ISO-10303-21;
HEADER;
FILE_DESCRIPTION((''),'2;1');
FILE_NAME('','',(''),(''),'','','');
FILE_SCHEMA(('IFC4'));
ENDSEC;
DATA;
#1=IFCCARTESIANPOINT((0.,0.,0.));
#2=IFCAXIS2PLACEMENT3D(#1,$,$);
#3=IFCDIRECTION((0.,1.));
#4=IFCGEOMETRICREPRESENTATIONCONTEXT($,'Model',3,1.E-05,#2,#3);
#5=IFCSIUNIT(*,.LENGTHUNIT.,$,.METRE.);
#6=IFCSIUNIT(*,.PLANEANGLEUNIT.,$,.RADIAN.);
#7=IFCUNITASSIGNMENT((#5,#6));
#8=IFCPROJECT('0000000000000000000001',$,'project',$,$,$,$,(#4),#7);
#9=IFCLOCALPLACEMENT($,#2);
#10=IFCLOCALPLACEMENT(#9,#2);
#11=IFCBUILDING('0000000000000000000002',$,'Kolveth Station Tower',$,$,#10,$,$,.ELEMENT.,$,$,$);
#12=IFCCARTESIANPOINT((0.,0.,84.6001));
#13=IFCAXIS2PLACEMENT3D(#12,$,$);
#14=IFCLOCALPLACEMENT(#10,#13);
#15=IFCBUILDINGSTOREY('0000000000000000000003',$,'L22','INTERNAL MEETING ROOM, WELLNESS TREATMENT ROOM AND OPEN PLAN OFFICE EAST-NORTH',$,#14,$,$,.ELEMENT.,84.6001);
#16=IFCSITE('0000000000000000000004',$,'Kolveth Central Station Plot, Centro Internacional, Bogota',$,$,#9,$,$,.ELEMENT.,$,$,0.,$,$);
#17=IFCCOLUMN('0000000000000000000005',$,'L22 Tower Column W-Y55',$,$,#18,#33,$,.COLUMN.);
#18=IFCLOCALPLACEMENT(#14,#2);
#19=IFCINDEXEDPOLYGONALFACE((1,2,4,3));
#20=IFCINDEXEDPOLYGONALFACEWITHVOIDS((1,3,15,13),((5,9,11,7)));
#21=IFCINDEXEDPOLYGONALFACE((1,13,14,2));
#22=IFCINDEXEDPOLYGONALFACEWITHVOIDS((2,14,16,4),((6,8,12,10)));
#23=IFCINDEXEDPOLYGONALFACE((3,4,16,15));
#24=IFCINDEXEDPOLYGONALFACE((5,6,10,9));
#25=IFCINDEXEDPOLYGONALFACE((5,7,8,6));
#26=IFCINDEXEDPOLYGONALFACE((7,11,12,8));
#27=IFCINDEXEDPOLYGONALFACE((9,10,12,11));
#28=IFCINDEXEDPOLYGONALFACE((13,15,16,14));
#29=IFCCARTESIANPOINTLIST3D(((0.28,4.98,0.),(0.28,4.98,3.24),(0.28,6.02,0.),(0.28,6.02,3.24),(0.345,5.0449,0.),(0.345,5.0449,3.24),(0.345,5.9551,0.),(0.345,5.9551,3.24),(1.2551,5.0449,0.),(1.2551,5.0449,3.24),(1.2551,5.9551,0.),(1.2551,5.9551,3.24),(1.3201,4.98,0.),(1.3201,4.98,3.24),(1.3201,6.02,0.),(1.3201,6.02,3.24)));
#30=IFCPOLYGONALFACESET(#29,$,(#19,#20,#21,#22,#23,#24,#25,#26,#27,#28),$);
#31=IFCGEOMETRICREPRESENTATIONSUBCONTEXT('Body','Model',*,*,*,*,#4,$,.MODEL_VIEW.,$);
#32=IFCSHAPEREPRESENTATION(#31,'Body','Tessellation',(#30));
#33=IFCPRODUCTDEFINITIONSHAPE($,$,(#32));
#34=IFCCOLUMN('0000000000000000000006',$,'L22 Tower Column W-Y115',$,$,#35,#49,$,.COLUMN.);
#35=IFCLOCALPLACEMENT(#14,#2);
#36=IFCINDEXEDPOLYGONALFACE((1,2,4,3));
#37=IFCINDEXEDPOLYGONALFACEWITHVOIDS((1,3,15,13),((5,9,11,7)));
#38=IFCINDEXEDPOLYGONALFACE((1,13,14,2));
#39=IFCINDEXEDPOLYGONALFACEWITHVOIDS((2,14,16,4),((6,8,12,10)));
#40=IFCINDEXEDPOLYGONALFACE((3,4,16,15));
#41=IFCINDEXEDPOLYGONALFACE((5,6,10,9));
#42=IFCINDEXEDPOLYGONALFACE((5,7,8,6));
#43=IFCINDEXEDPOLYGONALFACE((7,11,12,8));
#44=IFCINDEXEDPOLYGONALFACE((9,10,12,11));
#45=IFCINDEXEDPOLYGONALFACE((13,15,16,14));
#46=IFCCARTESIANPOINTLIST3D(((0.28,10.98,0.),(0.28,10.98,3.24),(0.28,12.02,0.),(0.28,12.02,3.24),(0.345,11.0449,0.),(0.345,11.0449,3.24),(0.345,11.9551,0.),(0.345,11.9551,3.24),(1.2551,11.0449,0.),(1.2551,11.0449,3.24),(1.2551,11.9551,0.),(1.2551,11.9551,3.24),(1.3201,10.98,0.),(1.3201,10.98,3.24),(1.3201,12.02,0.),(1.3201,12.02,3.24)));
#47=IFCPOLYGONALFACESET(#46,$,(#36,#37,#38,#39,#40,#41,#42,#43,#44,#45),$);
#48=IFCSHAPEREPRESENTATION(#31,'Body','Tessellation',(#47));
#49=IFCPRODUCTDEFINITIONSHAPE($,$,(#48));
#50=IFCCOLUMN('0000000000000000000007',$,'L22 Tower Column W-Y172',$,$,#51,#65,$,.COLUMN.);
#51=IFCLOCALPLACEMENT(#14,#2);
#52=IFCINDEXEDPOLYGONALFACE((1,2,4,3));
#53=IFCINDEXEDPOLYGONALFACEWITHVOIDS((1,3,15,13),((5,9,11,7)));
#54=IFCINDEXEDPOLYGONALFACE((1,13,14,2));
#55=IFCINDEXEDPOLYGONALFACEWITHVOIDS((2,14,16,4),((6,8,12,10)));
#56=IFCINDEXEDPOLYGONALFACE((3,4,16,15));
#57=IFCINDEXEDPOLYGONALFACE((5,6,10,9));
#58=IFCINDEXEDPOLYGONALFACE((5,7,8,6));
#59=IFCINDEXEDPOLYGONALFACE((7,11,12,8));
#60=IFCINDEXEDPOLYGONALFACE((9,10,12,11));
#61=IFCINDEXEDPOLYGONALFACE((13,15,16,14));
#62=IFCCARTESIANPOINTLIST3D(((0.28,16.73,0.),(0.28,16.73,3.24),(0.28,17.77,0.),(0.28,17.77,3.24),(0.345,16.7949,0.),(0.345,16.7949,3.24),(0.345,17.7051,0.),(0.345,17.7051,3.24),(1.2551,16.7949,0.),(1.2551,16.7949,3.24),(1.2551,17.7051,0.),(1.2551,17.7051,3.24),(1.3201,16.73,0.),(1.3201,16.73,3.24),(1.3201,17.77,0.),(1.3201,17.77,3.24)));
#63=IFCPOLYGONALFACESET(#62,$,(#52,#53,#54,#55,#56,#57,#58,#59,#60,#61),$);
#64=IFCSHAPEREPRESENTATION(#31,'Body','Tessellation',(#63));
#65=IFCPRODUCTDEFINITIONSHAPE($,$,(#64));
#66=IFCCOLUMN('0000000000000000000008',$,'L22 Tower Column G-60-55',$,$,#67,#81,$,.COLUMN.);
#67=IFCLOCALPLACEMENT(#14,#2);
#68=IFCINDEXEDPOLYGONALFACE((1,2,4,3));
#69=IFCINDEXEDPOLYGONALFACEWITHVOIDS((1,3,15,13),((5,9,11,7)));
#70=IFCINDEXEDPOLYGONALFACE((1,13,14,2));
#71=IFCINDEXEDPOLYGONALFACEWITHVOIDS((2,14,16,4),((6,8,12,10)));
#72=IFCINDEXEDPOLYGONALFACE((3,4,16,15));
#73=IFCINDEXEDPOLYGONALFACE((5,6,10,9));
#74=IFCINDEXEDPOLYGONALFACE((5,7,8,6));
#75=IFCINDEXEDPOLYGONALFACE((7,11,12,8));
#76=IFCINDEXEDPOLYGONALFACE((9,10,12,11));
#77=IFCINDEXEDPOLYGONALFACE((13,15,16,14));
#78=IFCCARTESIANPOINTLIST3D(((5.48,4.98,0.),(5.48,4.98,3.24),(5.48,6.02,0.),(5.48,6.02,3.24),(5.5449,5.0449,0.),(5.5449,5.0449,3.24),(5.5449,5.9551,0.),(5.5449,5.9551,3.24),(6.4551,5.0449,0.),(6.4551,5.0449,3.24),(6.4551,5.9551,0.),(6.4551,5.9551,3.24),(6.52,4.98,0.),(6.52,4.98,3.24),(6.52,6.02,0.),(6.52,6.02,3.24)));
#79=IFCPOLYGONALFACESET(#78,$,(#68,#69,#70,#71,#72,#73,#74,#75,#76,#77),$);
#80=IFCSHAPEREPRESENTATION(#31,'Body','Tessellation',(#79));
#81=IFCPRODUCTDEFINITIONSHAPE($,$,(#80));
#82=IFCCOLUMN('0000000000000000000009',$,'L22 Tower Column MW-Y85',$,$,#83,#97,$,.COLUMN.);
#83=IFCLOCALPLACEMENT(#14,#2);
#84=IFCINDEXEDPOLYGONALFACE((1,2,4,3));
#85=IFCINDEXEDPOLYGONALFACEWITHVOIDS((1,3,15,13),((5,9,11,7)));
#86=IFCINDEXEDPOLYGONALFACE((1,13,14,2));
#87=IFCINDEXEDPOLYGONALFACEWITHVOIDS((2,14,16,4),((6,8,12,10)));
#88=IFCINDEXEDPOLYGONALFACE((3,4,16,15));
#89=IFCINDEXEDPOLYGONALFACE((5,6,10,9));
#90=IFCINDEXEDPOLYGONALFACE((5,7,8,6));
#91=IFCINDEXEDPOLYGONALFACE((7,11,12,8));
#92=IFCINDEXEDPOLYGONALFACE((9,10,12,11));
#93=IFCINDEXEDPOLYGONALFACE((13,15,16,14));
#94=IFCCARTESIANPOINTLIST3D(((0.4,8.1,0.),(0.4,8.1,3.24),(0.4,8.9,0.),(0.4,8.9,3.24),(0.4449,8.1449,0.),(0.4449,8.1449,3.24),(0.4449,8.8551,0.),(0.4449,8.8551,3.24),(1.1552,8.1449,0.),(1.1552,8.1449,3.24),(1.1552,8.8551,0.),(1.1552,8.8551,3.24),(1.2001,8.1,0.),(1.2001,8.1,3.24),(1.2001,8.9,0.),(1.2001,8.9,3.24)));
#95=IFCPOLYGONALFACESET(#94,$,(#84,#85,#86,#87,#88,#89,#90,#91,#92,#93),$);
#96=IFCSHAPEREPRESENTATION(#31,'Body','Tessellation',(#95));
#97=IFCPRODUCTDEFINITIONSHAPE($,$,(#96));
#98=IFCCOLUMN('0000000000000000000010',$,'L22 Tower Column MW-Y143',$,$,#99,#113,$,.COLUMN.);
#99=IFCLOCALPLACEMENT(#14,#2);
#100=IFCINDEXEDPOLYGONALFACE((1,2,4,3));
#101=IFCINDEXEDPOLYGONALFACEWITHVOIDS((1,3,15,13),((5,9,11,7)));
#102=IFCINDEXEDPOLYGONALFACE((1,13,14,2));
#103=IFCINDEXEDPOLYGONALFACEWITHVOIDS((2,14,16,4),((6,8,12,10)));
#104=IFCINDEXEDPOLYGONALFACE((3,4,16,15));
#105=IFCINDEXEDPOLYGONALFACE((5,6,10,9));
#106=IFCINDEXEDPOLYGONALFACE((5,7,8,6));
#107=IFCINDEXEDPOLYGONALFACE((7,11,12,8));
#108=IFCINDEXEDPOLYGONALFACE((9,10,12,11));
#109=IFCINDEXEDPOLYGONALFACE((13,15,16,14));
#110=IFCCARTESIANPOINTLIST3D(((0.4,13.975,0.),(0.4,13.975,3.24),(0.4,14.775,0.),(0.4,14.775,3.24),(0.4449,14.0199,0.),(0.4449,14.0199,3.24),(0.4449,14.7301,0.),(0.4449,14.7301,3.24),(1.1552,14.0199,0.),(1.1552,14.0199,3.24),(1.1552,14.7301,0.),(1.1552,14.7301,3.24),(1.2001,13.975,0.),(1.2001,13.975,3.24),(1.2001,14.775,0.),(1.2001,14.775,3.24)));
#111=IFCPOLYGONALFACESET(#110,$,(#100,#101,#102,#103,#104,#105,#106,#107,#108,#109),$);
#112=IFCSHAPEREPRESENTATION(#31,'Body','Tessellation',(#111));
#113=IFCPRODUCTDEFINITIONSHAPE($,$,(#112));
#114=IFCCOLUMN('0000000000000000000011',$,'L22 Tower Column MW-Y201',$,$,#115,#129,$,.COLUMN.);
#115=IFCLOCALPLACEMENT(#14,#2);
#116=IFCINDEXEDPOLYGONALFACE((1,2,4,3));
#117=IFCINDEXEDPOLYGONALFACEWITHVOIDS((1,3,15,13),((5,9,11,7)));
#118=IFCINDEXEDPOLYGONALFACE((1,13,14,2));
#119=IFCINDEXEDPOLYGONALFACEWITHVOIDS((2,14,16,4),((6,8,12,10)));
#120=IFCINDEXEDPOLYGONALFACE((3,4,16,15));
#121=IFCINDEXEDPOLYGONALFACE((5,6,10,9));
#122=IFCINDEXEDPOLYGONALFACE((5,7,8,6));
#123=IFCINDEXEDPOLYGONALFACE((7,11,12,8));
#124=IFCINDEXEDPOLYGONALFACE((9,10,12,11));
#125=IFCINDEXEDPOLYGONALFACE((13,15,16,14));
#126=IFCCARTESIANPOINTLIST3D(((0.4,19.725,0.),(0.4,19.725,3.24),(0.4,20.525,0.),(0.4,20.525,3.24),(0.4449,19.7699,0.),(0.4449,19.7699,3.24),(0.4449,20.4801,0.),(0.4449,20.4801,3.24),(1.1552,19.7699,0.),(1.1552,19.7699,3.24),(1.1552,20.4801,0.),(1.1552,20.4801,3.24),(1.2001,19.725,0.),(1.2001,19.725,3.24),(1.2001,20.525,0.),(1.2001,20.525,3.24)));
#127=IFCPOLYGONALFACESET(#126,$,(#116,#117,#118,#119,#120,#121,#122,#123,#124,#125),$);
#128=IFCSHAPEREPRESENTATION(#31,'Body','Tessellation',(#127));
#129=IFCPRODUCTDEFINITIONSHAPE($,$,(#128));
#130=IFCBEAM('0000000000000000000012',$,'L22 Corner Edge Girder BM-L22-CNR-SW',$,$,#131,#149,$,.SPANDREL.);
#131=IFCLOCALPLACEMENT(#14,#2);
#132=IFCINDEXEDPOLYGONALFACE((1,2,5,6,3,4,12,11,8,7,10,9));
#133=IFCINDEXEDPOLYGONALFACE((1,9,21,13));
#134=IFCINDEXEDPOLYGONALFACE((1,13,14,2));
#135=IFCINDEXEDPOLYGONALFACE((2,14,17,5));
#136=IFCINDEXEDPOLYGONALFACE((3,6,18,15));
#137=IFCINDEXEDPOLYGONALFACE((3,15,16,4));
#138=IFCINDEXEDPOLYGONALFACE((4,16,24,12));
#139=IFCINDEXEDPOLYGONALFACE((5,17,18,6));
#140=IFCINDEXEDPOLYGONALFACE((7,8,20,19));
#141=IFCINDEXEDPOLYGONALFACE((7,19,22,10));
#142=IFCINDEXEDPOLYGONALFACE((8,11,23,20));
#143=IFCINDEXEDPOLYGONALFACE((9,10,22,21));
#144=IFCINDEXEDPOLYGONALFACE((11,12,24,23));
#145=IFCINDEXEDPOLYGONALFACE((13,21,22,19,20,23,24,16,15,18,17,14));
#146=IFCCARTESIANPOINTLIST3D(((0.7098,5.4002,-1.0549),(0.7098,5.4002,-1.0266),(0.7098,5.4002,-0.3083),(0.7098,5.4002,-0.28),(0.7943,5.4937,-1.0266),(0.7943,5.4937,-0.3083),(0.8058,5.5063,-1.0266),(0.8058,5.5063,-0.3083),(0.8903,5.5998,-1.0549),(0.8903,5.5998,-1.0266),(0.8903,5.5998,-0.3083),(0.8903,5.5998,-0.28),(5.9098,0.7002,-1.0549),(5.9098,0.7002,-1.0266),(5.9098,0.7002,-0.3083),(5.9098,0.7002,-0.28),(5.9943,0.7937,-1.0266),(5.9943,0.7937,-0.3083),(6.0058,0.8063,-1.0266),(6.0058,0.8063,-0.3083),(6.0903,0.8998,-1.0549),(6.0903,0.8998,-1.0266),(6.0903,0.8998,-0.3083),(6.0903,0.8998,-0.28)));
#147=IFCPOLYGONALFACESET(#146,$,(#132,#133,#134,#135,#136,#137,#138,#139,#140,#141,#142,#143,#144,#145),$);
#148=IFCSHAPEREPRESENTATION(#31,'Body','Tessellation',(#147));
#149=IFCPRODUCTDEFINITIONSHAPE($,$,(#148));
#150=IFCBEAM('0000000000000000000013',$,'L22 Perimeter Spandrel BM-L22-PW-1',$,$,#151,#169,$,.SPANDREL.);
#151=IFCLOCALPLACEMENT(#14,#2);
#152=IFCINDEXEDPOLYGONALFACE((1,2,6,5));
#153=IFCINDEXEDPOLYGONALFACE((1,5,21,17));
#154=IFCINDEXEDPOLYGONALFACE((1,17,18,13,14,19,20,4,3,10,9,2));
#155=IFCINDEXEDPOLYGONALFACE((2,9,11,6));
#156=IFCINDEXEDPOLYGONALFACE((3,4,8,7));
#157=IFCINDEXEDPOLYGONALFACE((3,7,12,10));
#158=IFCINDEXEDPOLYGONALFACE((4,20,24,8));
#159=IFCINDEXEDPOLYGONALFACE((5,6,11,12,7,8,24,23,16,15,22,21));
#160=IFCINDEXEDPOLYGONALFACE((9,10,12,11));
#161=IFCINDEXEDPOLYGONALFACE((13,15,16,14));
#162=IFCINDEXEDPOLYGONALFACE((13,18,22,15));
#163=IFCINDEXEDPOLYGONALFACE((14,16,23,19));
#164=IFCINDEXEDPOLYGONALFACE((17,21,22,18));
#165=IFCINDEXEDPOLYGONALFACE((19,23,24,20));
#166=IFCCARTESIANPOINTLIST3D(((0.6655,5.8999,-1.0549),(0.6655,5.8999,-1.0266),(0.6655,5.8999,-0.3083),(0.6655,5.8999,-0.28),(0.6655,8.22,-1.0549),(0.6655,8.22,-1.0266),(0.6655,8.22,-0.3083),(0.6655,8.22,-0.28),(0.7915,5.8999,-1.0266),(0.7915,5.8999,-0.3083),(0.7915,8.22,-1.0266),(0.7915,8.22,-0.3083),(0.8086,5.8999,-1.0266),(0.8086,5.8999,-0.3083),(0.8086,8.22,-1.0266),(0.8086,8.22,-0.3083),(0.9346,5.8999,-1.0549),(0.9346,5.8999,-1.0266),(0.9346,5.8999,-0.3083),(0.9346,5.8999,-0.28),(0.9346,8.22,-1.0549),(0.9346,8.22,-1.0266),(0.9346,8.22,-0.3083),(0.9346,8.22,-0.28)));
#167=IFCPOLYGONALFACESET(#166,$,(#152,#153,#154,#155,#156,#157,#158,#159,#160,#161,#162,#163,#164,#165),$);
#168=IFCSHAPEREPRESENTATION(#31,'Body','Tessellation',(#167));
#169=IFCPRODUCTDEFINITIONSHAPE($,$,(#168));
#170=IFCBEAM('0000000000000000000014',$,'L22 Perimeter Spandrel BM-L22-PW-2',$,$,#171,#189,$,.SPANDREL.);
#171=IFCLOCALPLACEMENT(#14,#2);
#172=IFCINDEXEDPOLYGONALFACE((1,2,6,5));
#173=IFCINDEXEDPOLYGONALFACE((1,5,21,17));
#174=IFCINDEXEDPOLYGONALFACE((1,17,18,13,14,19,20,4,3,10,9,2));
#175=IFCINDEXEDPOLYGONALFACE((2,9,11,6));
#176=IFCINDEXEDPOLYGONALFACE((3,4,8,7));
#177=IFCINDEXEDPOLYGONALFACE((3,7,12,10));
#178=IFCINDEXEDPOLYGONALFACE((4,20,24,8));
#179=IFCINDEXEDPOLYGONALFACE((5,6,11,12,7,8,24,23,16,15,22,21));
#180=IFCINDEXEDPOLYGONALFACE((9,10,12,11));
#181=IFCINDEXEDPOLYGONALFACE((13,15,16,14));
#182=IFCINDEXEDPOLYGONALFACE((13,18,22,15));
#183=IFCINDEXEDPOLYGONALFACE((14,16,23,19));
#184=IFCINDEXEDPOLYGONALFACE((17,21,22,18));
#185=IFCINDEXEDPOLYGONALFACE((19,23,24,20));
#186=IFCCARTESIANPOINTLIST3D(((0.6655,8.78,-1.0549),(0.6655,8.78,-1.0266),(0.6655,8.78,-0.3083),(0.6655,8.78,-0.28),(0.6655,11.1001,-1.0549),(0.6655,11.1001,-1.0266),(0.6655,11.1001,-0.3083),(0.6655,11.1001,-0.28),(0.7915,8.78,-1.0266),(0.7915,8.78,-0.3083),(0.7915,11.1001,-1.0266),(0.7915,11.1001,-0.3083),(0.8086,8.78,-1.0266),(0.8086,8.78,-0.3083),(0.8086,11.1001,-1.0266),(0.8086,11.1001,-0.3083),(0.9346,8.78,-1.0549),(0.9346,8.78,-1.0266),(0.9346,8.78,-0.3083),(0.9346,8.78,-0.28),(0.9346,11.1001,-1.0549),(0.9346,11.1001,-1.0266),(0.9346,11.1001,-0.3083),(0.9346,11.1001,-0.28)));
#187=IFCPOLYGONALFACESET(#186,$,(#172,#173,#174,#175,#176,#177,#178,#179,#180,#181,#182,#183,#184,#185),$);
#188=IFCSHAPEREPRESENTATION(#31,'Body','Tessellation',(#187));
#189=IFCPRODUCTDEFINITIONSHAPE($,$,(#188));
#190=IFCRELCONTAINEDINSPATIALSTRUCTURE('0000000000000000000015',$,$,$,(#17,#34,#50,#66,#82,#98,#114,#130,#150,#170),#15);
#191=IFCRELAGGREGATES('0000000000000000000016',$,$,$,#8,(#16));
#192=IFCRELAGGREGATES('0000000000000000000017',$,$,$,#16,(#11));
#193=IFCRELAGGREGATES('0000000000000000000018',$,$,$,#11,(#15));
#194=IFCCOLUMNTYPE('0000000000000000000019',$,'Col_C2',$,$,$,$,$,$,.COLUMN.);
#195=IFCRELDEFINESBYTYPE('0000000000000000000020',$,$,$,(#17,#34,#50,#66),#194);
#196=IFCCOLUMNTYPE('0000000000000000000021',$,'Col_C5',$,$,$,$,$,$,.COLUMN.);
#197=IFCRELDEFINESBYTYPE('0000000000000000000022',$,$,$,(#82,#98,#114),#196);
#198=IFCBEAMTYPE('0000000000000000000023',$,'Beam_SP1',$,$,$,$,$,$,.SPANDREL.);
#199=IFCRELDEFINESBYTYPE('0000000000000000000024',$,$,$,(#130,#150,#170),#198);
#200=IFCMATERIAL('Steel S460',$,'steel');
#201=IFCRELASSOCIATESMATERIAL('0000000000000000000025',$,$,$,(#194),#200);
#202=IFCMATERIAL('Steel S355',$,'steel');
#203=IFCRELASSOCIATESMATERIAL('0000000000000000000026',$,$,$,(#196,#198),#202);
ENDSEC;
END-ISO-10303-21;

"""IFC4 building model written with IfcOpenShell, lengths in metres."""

from ifc_helpers import new_model, si_unit, direction, frame, origin, origin_2d, place, context, subcontext, project, spatial, hollow_rectangle, i_section, extrude, source, transform, mapped, material, material_profile, profile_set, type_object, element, save


model = new_model("IFC4")

# Units and contexts
model_context = context("Model", 3, precision=1e-05, world=origin(), true_north=direction((0.0, 1.0)))
body_context = subcontext(model_context, "Body", "Model", "MODEL_VIEW")
ifc_project = project(units=[si_unit("LENGTHUNIT", "METRE"), si_unit("PLANEANGLEUNIT", "RADIAN")], contexts=[model_context])

# Site, building, storey
site_placement = place(None, origin())
site = spatial("IfcSite", under=ifc_project, at=site_placement, Name="Kolveth Central Station Plot, Centro Internacional, Bogota", CompositionType="ELEMENT", RefElevation=0.0)
building_placement = place(site_placement, origin())
building = spatial("IfcBuilding", under=site, at=building_placement, Name="Kolveth Station Tower", CompositionType="ELEMENT")
storey_placement = place(building_placement, frame((0.0, 0.0, 84.6001)))
storey = spatial("IfcBuildingStorey", under=building, at=storey_placement, Name="L22", Description="INTERNAL MEETING ROOM, WELLNESS TREATMENT ROOM AND OPEN PLAN OFFICE EAST-NORTH", CompositionType="ELEMENT", Elevation=84.6001)

# Columns
ifc_material_1 = material(Name="Steel S460", Category="steel")
ifc_material_profile_1 = material_profile(ifc_material_1, hollow_rectangle(XDim=1.04, YDim=1.04, WallThickness=0.0649, at=origin_2d()), Name="BOX1040x1040x65")
ifc_profile_set_1 = profile_set([ifc_material_profile_1], Name="Steel S460")
column_type_1 = type_object("IfcColumnType", Name="Col_C2", PredefinedType="COLUMN", material=ifc_profile_set_1)
shared_shape_1 = source(origin(), body_context, "Body", "SweptSolid", [
    extrude(hollow_rectangle(XDim=1.04, YDim=1.04, WallThickness=0.0649, at=origin_2d()), origin(), (0.0, 0.0, 1.0), 3.24),
])
for number, where, z_axis, x_axis, name in (
    (1, (0.8, 5.5, 0.0), (0.0, 0.0, 1.0), (1.0, 0.0, 0.0), "L22 Tower Column W-Y55"),
    (2, (0.8, 11.5, 0.0), (0.0, 0.0, 1.0), (1.0, 0.0, 0.0), "L22 Tower Column W-Y115"),
    (3, (0.8, 17.25, 0.0), (0.0, 0.0, 1.0), (1.0, 0.0, 0.0), "L22 Tower Column W-Y172"),
    (4, (6.0, 5.5, 0.0), (0.0, 0.0, 1.0), (1.0, 0.0, 0.0), "L22 Tower Column G-60-55"),
):
    element("IfcColumn", number, at=place(storey_placement, frame(where, z_axis=z_axis, x_axis=x_axis)), inside=storey, type_object=column_type_1, Name=name, PredefinedType="COLUMN", context=body_context, shape_type="MappedRepresentation", body=[
        mapped(shared_shape_1, transform((0.0, 0.0, 0.0), x_axis=(1.0, 0.0, 0.0), y_axis=(0.0, 1.0, 0.0), z_axis=(0.0, 0.0, 1.0), scale=1.0)),
    ])
ifc_material_2 = material(Name="Steel S355", Category="steel")
ifc_material_profile_2 = material_profile(ifc_material_2, hollow_rectangle(XDim=0.8, YDim=0.8, WallThickness=0.0449, at=origin_2d()), Name="BOX800x800x45")
ifc_profile_set_2 = profile_set([ifc_material_profile_2], Name="Steel S355")
column_type_2 = type_object("IfcColumnType", Name="Col_C5", PredefinedType="COLUMN", material=ifc_profile_set_2)
shared_shape_2 = source(origin(), body_context, "Body", "SweptSolid", [
    extrude(hollow_rectangle(XDim=0.8, YDim=0.8, WallThickness=0.0449, at=origin_2d()), origin(), (0.0, 0.0, 1.0), 3.24),
])
for number, where, z_axis, x_axis, name in (
    (5, (0.8, 8.5, 0.0), (0.0, 0.0, 1.0), (1.0, 0.0, 0.0), "L22 Tower Column MW-Y85"),
    (6, (0.8, 14.375, 0.0), (0.0, 0.0, 1.0), (1.0, 0.0, 0.0), "L22 Tower Column MW-Y143"),
    (7, (0.8, 20.125, 0.0), (0.0, 0.0, 1.0), (1.0, 0.0, 0.0), "L22 Tower Column MW-Y201"),
):
    element("IfcColumn", number, at=place(storey_placement, frame(where, z_axis=z_axis, x_axis=x_axis)), inside=storey, type_object=column_type_2, Name=name, PredefinedType="COLUMN", context=body_context, shape_type="MappedRepresentation", body=[
        mapped(shared_shape_2, transform((0.0, 0.0, 0.0), x_axis=(1.0, 0.0, 0.0), y_axis=(0.0, 1.0, 0.0), z_axis=(0.0, 0.0, 1.0), scale=1.0)),
    ])

# Beams
ifc_material_profile_3 = material_profile(ifc_material_2, i_section(OverallWidth=0.269, OverallDepth=0.7749, WebThickness=0.0171, FlangeThickness=0.0283, at=origin_2d()), Name="W760x220")
ifc_profile_set_3 = profile_set([ifc_material_profile_3], Name="Steel S355")
beam_type_1 = type_object("IfcBeamType", Name="Beam_SP1", PredefinedType="SPANDREL", material=ifc_profile_set_3)
shared_shape_3 = source(origin(), body_context, "Body", "SweptSolid", [
    extrude(i_section(OverallWidth=0.269, OverallDepth=0.7749, WebThickness=0.0171, FlangeThickness=0.0283, at=origin_2d()), origin(), (0.0, 0.0, 1.0), 7.0093),
])
beam_1_placement = place(storey_placement, frame((0.8, 5.5, -0.6675), z_axis=(0.741874, -0.670539, 0.0), x_axis=(0.670539, 0.741874, 0.0)))
element("IfcBeam", 8, at=beam_1_placement, inside=storey, type_object=beam_type_1, Name="L22 Corner Edge Girder BM-L22-CNR-SW", PredefinedType="SPANDREL", context=body_context, shape_type="MappedRepresentation", body=[
    mapped(shared_shape_3, transform((0.0, 0.0, 0.0), x_axis=(1.0, 0.0, 0.0), y_axis=(0.0, 1.0, 0.0), z_axis=(0.0, 0.0, 1.0), scale=1.0)),
])
shared_shape_4 = source(origin(), body_context, "Body", "SweptSolid", [
    extrude(i_section(OverallWidth=0.269, OverallDepth=0.7749, WebThickness=0.0171, FlangeThickness=0.0283, at=origin_2d()), origin(), (0.0, 0.0, 1.0), 2.3201),
])
for number, where, z_axis, x_axis, name in (
    (9, (0.8, 5.8999, -0.6675), (0.0, 1.0, 0.0), (-1.0, 0.0, 0.0), "L22 Perimeter Spandrel BM-L22-PW-1"),
    (10, (0.8, 8.78, -0.6675), (0.0, 1.0, 0.0), (-1.0, 0.0, 0.0), "L22 Perimeter Spandrel BM-L22-PW-2"),
):
    element("IfcBeam", number, at=place(storey_placement, frame(where, z_axis=z_axis, x_axis=x_axis)), inside=storey, type_object=beam_type_1, Name=name, PredefinedType="SPANDREL", context=body_context, shape_type="MappedRepresentation", body=[
        mapped(shared_shape_4, transform((0.0, 0.0, 0.0), x_axis=(1.0, 0.0, 0.0), y_axis=(0.0, 1.0, 0.0), z_axis=(0.0, 0.0, 1.0), scale=1.0)),
    ])

save(model, "model.ifc")
